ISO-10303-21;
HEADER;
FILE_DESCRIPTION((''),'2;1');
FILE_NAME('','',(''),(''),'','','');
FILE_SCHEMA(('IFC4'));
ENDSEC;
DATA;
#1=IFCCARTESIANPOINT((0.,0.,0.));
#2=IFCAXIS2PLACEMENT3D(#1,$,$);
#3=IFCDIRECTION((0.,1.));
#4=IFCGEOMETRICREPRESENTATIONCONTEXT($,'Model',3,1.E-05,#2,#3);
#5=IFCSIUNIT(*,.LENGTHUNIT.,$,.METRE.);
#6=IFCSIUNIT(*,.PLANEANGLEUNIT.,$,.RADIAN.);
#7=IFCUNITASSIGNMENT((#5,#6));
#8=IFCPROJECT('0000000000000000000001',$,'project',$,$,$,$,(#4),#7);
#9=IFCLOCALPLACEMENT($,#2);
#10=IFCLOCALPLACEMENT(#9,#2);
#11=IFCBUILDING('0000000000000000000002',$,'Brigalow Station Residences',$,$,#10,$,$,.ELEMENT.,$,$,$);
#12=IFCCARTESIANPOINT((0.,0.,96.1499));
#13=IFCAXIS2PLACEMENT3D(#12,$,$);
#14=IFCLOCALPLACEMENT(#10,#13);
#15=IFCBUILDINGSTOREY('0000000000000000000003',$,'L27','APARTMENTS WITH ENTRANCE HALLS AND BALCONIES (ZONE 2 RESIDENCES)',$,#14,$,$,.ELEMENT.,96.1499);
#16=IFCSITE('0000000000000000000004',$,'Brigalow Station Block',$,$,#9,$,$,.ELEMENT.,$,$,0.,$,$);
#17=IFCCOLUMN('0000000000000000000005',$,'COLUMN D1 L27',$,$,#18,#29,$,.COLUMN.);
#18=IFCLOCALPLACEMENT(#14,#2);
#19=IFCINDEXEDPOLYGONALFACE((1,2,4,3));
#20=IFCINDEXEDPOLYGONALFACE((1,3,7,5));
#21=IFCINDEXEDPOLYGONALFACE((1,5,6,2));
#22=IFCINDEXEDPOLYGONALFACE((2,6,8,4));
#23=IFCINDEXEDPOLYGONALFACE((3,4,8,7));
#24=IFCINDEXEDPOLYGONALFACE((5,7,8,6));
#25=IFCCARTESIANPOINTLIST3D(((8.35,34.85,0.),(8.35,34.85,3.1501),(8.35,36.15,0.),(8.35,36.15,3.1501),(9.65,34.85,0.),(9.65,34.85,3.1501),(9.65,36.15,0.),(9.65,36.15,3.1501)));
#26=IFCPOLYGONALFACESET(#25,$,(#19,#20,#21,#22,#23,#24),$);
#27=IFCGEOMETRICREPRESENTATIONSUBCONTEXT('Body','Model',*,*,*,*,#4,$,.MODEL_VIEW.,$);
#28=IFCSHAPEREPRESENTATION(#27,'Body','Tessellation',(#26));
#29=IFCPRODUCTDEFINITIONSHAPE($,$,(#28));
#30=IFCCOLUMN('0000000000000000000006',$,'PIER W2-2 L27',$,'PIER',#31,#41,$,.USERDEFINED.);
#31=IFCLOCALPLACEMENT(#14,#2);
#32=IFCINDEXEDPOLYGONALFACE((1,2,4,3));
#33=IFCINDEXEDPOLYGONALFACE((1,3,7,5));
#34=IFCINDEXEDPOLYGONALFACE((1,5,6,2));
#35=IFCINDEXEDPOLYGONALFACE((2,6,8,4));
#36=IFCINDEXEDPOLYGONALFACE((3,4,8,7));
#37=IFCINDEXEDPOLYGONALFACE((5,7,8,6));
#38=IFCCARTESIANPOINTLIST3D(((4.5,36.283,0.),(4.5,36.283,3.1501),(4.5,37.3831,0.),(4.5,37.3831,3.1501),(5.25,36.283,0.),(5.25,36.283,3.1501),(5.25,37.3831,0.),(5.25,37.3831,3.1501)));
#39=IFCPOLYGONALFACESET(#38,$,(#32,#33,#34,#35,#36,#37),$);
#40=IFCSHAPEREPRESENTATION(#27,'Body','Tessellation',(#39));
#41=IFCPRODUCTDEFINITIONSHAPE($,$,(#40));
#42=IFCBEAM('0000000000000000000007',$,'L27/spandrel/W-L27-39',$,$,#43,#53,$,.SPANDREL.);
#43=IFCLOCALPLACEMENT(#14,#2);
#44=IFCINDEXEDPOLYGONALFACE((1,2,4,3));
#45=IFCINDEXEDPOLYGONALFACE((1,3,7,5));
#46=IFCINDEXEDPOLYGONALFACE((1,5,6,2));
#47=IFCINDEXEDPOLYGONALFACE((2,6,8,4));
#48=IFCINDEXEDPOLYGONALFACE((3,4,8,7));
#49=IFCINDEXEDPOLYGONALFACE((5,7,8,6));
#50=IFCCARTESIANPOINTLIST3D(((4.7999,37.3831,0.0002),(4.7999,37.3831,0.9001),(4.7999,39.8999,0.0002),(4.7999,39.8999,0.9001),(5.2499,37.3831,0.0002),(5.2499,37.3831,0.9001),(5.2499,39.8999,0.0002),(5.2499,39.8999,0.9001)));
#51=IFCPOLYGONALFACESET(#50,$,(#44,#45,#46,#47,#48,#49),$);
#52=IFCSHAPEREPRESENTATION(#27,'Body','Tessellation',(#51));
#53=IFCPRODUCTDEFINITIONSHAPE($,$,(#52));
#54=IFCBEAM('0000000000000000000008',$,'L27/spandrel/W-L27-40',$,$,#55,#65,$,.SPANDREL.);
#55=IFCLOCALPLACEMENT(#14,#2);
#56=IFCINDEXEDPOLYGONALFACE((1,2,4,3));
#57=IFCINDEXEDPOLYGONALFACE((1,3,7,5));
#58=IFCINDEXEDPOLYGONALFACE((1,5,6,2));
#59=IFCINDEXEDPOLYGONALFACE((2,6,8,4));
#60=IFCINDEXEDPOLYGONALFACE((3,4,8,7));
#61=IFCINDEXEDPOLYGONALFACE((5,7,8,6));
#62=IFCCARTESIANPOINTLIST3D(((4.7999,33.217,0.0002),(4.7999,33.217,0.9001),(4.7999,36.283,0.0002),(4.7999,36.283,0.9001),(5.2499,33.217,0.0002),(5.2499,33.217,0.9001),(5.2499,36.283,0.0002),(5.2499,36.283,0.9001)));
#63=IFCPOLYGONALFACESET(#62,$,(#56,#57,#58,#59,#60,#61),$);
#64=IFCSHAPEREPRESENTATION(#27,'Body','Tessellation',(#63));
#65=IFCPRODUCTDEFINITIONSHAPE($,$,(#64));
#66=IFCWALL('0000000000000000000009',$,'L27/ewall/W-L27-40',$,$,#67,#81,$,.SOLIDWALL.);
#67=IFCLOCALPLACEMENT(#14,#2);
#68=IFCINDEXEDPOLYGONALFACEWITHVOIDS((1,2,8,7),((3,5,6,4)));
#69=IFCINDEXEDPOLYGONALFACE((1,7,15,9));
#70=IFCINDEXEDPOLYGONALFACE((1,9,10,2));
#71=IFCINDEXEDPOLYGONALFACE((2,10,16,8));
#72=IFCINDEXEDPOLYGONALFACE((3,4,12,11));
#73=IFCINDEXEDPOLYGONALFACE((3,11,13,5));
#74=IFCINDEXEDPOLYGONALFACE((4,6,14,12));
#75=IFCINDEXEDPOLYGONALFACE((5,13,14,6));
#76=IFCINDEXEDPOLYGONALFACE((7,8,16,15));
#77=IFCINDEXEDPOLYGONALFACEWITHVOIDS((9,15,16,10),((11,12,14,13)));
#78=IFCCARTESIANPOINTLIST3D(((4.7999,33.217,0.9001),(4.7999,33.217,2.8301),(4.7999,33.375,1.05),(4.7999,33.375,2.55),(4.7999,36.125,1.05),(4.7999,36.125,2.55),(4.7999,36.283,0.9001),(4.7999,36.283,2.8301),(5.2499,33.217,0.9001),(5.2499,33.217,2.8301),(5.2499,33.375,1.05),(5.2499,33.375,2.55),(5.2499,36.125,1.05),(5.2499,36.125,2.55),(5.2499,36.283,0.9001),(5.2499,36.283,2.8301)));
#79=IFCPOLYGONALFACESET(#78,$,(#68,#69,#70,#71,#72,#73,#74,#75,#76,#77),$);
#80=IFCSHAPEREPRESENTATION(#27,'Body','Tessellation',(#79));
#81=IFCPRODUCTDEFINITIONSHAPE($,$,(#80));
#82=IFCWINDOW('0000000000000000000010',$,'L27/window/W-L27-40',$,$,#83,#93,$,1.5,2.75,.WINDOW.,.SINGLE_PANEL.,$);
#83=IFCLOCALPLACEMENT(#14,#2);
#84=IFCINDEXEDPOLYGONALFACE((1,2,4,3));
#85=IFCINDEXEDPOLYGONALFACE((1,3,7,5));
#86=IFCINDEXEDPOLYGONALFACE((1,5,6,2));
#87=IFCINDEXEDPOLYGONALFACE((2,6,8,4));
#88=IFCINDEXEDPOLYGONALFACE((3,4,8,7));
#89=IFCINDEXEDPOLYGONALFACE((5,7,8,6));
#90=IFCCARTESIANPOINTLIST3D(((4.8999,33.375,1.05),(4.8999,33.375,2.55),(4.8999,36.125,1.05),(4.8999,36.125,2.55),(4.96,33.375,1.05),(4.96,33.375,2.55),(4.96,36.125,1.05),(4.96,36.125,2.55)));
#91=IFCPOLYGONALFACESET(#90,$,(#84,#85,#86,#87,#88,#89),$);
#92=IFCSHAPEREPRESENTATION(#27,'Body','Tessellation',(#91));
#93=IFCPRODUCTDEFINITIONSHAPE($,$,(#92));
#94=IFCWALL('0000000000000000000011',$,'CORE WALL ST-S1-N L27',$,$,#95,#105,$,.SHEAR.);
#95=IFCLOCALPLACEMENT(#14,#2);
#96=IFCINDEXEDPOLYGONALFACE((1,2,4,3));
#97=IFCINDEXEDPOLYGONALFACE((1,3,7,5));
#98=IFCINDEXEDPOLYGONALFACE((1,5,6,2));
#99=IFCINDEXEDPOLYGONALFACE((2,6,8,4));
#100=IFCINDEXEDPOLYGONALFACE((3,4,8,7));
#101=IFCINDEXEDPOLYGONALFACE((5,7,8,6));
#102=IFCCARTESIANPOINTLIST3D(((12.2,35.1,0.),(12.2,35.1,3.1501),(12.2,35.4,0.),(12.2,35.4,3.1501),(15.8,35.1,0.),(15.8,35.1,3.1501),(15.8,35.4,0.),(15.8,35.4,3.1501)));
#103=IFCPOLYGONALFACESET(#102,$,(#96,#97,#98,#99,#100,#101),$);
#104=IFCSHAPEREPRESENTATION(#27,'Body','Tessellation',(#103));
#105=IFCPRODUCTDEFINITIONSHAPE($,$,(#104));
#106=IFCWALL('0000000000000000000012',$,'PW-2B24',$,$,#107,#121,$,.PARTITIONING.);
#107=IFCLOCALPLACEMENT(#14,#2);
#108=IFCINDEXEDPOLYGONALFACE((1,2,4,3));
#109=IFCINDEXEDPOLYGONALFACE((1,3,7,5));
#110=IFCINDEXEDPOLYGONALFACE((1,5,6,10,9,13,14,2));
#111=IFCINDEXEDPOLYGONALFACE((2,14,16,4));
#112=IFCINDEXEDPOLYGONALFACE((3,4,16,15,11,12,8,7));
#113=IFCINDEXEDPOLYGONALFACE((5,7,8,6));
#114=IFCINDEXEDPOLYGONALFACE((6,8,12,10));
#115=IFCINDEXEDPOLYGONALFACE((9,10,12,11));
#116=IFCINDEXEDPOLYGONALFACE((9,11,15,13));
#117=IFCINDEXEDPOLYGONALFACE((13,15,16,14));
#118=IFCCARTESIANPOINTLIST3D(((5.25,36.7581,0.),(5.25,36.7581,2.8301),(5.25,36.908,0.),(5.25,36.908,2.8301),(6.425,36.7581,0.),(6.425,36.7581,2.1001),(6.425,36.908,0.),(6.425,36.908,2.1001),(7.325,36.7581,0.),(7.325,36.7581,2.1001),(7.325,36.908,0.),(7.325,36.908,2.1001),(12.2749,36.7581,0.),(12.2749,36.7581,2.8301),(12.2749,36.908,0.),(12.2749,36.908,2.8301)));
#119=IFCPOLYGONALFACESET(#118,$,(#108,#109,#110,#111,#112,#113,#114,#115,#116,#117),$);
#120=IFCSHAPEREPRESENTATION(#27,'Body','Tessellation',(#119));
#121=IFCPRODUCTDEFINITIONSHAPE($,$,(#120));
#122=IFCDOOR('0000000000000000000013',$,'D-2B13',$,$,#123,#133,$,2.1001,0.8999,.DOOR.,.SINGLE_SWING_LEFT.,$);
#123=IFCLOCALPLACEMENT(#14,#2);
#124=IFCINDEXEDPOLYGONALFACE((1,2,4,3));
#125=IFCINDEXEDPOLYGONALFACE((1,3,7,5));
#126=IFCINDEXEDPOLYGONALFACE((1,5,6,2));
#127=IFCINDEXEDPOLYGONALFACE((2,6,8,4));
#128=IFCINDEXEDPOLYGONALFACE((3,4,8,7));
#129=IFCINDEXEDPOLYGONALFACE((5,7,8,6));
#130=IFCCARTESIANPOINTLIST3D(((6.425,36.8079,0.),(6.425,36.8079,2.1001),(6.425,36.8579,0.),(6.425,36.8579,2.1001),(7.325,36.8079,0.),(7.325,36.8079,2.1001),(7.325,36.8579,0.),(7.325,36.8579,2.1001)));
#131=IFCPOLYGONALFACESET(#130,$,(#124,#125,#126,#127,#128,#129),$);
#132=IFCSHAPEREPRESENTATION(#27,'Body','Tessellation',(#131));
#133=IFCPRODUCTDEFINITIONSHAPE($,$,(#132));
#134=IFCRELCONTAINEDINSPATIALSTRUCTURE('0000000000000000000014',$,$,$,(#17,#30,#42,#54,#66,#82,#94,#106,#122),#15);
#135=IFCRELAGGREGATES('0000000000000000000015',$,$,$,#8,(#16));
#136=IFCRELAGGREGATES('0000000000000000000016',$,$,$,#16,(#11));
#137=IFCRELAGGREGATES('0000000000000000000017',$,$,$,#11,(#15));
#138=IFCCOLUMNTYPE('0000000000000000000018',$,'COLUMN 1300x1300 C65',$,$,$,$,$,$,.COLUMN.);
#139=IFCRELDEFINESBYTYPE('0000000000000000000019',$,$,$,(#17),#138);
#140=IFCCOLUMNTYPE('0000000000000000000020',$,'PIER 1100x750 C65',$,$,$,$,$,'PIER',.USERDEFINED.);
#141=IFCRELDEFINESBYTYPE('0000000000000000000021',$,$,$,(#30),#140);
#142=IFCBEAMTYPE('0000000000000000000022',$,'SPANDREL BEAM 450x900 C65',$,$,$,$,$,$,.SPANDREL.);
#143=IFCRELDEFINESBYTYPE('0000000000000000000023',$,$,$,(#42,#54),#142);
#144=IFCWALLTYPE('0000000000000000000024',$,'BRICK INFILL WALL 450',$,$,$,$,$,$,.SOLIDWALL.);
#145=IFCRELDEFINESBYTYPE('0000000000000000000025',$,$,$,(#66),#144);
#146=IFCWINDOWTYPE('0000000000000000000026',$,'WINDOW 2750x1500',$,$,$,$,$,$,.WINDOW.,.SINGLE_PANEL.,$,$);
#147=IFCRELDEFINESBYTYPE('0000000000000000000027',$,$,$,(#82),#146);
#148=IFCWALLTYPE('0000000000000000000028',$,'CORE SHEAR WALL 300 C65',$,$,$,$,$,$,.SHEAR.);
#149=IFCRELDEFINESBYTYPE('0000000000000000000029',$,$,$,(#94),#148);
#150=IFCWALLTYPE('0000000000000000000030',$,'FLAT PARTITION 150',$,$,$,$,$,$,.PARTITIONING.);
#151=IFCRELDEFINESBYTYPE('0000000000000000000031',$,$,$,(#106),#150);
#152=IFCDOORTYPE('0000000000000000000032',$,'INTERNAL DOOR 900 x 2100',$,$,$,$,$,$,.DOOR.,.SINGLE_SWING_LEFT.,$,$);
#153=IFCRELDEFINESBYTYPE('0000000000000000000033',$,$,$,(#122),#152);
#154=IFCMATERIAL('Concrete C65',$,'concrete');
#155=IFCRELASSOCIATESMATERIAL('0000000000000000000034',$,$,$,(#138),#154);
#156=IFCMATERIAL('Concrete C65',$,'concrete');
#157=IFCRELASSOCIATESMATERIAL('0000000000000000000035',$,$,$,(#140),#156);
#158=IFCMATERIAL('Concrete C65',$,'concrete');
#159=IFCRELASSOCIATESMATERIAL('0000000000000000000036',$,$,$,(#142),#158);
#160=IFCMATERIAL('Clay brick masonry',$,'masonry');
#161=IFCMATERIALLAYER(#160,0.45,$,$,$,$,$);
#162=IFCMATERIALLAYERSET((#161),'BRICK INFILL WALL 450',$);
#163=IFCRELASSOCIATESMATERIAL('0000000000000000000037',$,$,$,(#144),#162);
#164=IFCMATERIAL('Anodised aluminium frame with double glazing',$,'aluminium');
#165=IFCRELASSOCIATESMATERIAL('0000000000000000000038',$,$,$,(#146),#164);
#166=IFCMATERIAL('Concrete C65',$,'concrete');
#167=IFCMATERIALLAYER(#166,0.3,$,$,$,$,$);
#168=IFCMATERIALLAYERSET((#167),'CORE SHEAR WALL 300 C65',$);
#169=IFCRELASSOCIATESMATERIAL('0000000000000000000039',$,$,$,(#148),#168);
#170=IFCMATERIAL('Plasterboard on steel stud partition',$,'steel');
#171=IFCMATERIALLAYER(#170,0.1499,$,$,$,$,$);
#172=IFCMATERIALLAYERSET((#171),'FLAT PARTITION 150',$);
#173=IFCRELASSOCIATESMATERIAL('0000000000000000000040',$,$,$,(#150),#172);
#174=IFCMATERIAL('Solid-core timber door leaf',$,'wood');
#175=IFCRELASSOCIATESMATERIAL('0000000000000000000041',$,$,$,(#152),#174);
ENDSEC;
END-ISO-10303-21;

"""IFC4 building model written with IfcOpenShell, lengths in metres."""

from ifc_helpers import new_model, si_unit, direction, frame, frame_2d, origin, origin_2d, place, context, subcontext, project, spatial, rectangle, extrude, material, layer, layer_set, material_profile, profile_set, type_object, element, fill, save


model = new_model("IFC4")

# Units and contexts
model_context = context("Model", 3, precision=1e-05, world=origin(), true_north=direction((0.0, 1.0)))
body_context = subcontext(model_context, "Body", "Model", "MODEL_VIEW")
ifc_project = project(units=[si_unit("LENGTHUNIT", "METRE"), si_unit("PLANEANGLEUNIT", "RADIAN")], contexts=[model_context])

# Site, building, storey
site_placement = place(None, origin())
site = spatial("IfcSite", under=ifc_project, at=site_placement, Name="Brigalow Station Block", CompositionType="ELEMENT", RefElevation=0.0)
building_placement = place(site_placement, origin())
building = spatial("IfcBuilding", under=site, at=building_placement, Name="Brigalow Station Residences", CompositionType="ELEMENT")
storey_placement = place(building_placement, frame((0.0, 0.0, 96.1499)))
storey = spatial("IfcBuildingStorey", under=building, at=storey_placement, Name="L27", Description="APARTMENTS WITH ENTRANCE HALLS AND BALCONIES (ZONE 2 RESIDENCES)", CompositionType="ELEMENT", Elevation=96.1499)

# Columns
ifc_material_1 = material(Name="Concrete C65", Category="concrete")
ifc_material_profile_1 = material_profile(ifc_material_1, rectangle(XDim=1.3, YDim=1.3, at=origin_2d()), Name="RC1300x1300")
ifc_profile_set_1 = profile_set([ifc_material_profile_1], Name="Concrete C65")
column_type_1 = type_object("IfcColumnType", Name="COLUMN 1300x1300 C65", PredefinedType="COLUMN", material=ifc_profile_set_1)
column_1_placement = place(storey_placement, frame((9.0, 35.5, 0.0), z_axis=(0.0, 0.0, 1.0), x_axis=(1.0, 0.0, 0.0)))
element("IfcColumn", 1, at=column_1_placement, inside=storey, type_object=column_type_1, Name="COLUMN D1 L27", PredefinedType="COLUMN", context=body_context, shape_type="SweptSolid", body=[
    extrude(rectangle(XDim=1.3, YDim=1.3, at=origin_2d()), origin(), (0.0, 0.0, 1.0), 3.1501),
])
ifc_material_2 = material(Name="Concrete C65", Category="concrete")
ifc_material_profile_2 = material_profile(ifc_material_2, rectangle(XDim=1.1001, YDim=0.75, at=origin_2d()), Name="RC1100x750")
ifc_profile_set_2 = profile_set([ifc_material_profile_2], Name="Concrete C65")
column_type_2 = type_object("IfcColumnType", Name="PIER 1100x750 C65", ElementType="PIER", PredefinedType="USERDEFINED", material=ifc_profile_set_2)
column_2_placement = place(storey_placement, frame((4.875, 36.833, 0.0), z_axis=(0.0, 0.0, 1.0), x_axis=(0.0, -1.0, 0.0)))
element("IfcColumn", 2, at=column_2_placement, inside=storey, type_object=column_type_2, Name="PIER W2-2 L27", ObjectType="PIER", PredefinedType="USERDEFINED", context=body_context, shape_type="SweptSolid", body=[
    extrude(rectangle(XDim=1.1001, YDim=0.75, at=origin_2d()), origin(), (0.0, 0.0, 1.0), 3.1501),
])

# Beams
ifc_material_3 = material(Name="Concrete C65", Category="concrete")
ifc_material_profile_3 = material_profile(ifc_material_3, rectangle(XDim=0.45, YDim=0.8999, at=origin_2d()), Name="RC450x900")
ifc_profile_set_3 = profile_set([ifc_material_profile_3], Name="Concrete C65")
beam_type = type_object("IfcBeamType", Name="SPANDREL BEAM 450x900 C65", PredefinedType="SPANDREL", material=ifc_profile_set_3)
beam_1_placement = place(storey_placement, frame((5.0249, 39.8999, 0.4502), z_axis=(0.0, -1.0, 0.0), x_axis=(1.0, 0.0, 0.0)))
element("IfcBeam", 3, at=beam_1_placement, inside=storey, type_object=beam_type, Name="L27/spandrel/W-L27-39", PredefinedType="SPANDREL", context=body_context, shape_type="SweptSolid", body=[
    extrude(rectangle(XDim=0.45, YDim=0.8999, at=origin_2d()), origin(), (0.0, 0.0, 1.0), 2.5168),
])
beam_2_placement = place(storey_placement, frame((5.0249, 36.283, 0.4502), z_axis=(0.0, -1.0, 0.0), x_axis=(1.0, 0.0, 0.0)))
element("IfcBeam", 4, at=beam_2_placement, inside=storey, type_object=beam_type, Name="L27/spandrel/W-L27-40", PredefinedType="SPANDREL", context=body_context, shape_type="SweptSolid", body=[
    extrude(rectangle(XDim=0.45, YDim=0.8999, at=origin_2d()), origin(), (0.0, 0.0, 1.0), 3.0659),
])

# Wall, opening, window
ifc_material_4 = material(Name="Clay brick masonry", Category="masonry")
ifc_layer_1 = layer(ifc_material_4, 0.45)
ifc_layer_set_1 = layer_set([ifc_layer_1], Name="BRICK INFILL WALL 450")
wall_type_1 = type_object("IfcWallType", Name="BRICK INFILL WALL 450", PredefinedType="SOLIDWALL", material=ifc_layer_set_1)
wall_1_placement = place(storey_placement, frame((5.0249, 36.283, 0.9001), z_axis=(0.0, 0.0, 1.0), x_axis=(0.0, -1.0, 0.0)))
wall_1 = element("IfcWall", 5, at=wall_1_placement, inside=storey, type_object=wall_type_1, Name="L27/ewall/W-L27-40", PredefinedType="SOLIDWALL", context=body_context, shape_type="SweptSolid", body=[
    extrude(rectangle(XDim=3.0659, YDim=0.45, at=frame_2d((1.533, 0.0))), origin(), (0.0, 0.0, 1.0), 1.9299),
])
opening_1_placement = place(wall_1_placement, frame((0.158, 0.0, 0.1499)))
opening_1 = element("IfcOpeningElement", 6, at=opening_1_placement, cuts=wall_1, PredefinedType="OPENING", context=body_context, shape_type="SweptSolid", body=[
    extrude(rectangle(XDim=2.75, YDim=1.5, at=frame_2d((1.375, 0.75))), frame((0.0, 0.2349, 0.0), z_axis=(0.0, -1.0, 0.0), x_axis=(1.0, 0.0, 0.0)), (0.0, 0.0, 1.0), 0.47),
])
ifc_material_5 = material(Name="Anodised aluminium frame with double glazing", Category="aluminium")
window_type = type_object("IfcWindowType", Name="WINDOW 2750x1500", PartitioningType="SINGLE_PANEL", PredefinedType="WINDOW", material=ifc_material_5)
window_placement = place(opening_1_placement, origin())
window = element("IfcWindow", 7, at=window_placement, inside=storey, type_object=window_type, Name="L27/window/W-L27-40", OverallHeight=1.5, OverallWidth=2.75, PartitioningType="SINGLE_PANEL", PredefinedType="WINDOW", context=body_context, shape_type="SweptSolid", body=[
    extrude(rectangle(XDim=2.75, YDim=1.5, at=frame_2d((1.375, 0.75))), frame((0.0, -0.0649, 0.0), z_axis=(0.0, -1.0, 0.0), x_axis=(1.0, 0.0, 0.0)), (0.0, 0.0, 1.0), 0.0601),
])
fill(opening_1, window)

# Wall
ifc_material_6 = material(Name="Concrete C65", Category="concrete")
ifc_layer_2 = layer(ifc_material_6, 0.3)
ifc_layer_set_2 = layer_set([ifc_layer_2], Name="CORE SHEAR WALL 300 C65")
wall_type_2 = type_object("IfcWallType", Name="CORE SHEAR WALL 300 C65", PredefinedType="SHEAR", material=ifc_layer_set_2)
wall_2_placement = place(storey_placement, frame((12.2, 35.25, 0.0), z_axis=(0.0, 0.0, 1.0), x_axis=(1.0, 0.0, 0.0)))
element("IfcWall", 8, at=wall_2_placement, inside=storey, type_object=wall_type_2, Name="CORE WALL ST-S1-N L27", PredefinedType="SHEAR", context=body_context, shape_type="SweptSolid", body=[
    extrude(rectangle(XDim=3.6001, YDim=0.3, at=frame_2d((1.8, 0.0))), origin(), (0.0, 0.0, 1.0), 3.1501),
])

# Wall, opening, door
ifc_material_7 = material(Name="Plasterboard on steel stud partition", Category="steel")
ifc_layer_3 = layer(ifc_material_7, 0.1499)
ifc_layer_set_3 = layer_set([ifc_layer_3], Name="FLAT PARTITION 150")
wall_type_3 = type_object("IfcWallType", Name="FLAT PARTITION 150", PredefinedType="PARTITIONING", material=ifc_layer_set_3)
wall_3_placement = place(storey_placement, frame((5.25, 36.833, 0.0), z_axis=(0.0, 0.0, 1.0), x_axis=(1.0, 0.0, 0.0)))
wall_3 = element("IfcWall", 9, at=wall_3_placement, inside=storey, type_object=wall_type_3, Name="PW-2B24", PredefinedType="PARTITIONING", context=body_context, shape_type="SweptSolid", body=[
    extrude(rectangle(XDim=7.0249, YDim=0.1499, at=frame_2d((3.5125, 0.0))), origin(), (0.0, 0.0, 1.0), 2.8301),
])
opening_2_placement = place(wall_3_placement, frame((1.175, 0.0, 0.0)))
opening_2 = element("IfcOpeningElement", 10, at=opening_2_placement, cuts=wall_3, PredefinedType="OPENING", context=body_context, shape_type="SweptSolid", body=[
    extrude(rectangle(XDim=0.8999, YDim=2.1001, at=frame_2d((0.45, 1.05))), frame((0.0, 0.085, 0.0), z_axis=(0.0, -1.0, 0.0), x_axis=(1.0, 0.0, 0.0)), (0.0, 0.0, 1.0), 0.1699),
])
ifc_material_8 = material(Name="Solid-core timber door leaf", Category="wood")
door_type = type_object("IfcDoorType", Name="INTERNAL DOOR 900 x 2100", OperationType="SINGLE_SWING_LEFT", PredefinedType="DOOR", material=ifc_material_8)
door_1_placement = place(opening_2_placement, origin())
door_1 = element("IfcDoor", 11, at=door_1_placement, inside=storey, type_object=door_type, Name="D-2B13", OperationType="SINGLE_SWING_LEFT", OverallHeight=2.1001, OverallWidth=0.8999, PredefinedType="DOOR", context=body_context, shape_type="SweptSolid", body=[
    extrude(rectangle(XDim=0.8999, YDim=2.1001, at=frame_2d((0.45, 1.05))), frame((0.0, 0.0249, 0.0), z_axis=(0.0, -1.0, 0.0), x_axis=(1.0, 0.0, 0.0)), (0.0, 0.0, 1.0), 0.05),
])
fill(opening_2, door_1)

save(model, "model.ifc")
